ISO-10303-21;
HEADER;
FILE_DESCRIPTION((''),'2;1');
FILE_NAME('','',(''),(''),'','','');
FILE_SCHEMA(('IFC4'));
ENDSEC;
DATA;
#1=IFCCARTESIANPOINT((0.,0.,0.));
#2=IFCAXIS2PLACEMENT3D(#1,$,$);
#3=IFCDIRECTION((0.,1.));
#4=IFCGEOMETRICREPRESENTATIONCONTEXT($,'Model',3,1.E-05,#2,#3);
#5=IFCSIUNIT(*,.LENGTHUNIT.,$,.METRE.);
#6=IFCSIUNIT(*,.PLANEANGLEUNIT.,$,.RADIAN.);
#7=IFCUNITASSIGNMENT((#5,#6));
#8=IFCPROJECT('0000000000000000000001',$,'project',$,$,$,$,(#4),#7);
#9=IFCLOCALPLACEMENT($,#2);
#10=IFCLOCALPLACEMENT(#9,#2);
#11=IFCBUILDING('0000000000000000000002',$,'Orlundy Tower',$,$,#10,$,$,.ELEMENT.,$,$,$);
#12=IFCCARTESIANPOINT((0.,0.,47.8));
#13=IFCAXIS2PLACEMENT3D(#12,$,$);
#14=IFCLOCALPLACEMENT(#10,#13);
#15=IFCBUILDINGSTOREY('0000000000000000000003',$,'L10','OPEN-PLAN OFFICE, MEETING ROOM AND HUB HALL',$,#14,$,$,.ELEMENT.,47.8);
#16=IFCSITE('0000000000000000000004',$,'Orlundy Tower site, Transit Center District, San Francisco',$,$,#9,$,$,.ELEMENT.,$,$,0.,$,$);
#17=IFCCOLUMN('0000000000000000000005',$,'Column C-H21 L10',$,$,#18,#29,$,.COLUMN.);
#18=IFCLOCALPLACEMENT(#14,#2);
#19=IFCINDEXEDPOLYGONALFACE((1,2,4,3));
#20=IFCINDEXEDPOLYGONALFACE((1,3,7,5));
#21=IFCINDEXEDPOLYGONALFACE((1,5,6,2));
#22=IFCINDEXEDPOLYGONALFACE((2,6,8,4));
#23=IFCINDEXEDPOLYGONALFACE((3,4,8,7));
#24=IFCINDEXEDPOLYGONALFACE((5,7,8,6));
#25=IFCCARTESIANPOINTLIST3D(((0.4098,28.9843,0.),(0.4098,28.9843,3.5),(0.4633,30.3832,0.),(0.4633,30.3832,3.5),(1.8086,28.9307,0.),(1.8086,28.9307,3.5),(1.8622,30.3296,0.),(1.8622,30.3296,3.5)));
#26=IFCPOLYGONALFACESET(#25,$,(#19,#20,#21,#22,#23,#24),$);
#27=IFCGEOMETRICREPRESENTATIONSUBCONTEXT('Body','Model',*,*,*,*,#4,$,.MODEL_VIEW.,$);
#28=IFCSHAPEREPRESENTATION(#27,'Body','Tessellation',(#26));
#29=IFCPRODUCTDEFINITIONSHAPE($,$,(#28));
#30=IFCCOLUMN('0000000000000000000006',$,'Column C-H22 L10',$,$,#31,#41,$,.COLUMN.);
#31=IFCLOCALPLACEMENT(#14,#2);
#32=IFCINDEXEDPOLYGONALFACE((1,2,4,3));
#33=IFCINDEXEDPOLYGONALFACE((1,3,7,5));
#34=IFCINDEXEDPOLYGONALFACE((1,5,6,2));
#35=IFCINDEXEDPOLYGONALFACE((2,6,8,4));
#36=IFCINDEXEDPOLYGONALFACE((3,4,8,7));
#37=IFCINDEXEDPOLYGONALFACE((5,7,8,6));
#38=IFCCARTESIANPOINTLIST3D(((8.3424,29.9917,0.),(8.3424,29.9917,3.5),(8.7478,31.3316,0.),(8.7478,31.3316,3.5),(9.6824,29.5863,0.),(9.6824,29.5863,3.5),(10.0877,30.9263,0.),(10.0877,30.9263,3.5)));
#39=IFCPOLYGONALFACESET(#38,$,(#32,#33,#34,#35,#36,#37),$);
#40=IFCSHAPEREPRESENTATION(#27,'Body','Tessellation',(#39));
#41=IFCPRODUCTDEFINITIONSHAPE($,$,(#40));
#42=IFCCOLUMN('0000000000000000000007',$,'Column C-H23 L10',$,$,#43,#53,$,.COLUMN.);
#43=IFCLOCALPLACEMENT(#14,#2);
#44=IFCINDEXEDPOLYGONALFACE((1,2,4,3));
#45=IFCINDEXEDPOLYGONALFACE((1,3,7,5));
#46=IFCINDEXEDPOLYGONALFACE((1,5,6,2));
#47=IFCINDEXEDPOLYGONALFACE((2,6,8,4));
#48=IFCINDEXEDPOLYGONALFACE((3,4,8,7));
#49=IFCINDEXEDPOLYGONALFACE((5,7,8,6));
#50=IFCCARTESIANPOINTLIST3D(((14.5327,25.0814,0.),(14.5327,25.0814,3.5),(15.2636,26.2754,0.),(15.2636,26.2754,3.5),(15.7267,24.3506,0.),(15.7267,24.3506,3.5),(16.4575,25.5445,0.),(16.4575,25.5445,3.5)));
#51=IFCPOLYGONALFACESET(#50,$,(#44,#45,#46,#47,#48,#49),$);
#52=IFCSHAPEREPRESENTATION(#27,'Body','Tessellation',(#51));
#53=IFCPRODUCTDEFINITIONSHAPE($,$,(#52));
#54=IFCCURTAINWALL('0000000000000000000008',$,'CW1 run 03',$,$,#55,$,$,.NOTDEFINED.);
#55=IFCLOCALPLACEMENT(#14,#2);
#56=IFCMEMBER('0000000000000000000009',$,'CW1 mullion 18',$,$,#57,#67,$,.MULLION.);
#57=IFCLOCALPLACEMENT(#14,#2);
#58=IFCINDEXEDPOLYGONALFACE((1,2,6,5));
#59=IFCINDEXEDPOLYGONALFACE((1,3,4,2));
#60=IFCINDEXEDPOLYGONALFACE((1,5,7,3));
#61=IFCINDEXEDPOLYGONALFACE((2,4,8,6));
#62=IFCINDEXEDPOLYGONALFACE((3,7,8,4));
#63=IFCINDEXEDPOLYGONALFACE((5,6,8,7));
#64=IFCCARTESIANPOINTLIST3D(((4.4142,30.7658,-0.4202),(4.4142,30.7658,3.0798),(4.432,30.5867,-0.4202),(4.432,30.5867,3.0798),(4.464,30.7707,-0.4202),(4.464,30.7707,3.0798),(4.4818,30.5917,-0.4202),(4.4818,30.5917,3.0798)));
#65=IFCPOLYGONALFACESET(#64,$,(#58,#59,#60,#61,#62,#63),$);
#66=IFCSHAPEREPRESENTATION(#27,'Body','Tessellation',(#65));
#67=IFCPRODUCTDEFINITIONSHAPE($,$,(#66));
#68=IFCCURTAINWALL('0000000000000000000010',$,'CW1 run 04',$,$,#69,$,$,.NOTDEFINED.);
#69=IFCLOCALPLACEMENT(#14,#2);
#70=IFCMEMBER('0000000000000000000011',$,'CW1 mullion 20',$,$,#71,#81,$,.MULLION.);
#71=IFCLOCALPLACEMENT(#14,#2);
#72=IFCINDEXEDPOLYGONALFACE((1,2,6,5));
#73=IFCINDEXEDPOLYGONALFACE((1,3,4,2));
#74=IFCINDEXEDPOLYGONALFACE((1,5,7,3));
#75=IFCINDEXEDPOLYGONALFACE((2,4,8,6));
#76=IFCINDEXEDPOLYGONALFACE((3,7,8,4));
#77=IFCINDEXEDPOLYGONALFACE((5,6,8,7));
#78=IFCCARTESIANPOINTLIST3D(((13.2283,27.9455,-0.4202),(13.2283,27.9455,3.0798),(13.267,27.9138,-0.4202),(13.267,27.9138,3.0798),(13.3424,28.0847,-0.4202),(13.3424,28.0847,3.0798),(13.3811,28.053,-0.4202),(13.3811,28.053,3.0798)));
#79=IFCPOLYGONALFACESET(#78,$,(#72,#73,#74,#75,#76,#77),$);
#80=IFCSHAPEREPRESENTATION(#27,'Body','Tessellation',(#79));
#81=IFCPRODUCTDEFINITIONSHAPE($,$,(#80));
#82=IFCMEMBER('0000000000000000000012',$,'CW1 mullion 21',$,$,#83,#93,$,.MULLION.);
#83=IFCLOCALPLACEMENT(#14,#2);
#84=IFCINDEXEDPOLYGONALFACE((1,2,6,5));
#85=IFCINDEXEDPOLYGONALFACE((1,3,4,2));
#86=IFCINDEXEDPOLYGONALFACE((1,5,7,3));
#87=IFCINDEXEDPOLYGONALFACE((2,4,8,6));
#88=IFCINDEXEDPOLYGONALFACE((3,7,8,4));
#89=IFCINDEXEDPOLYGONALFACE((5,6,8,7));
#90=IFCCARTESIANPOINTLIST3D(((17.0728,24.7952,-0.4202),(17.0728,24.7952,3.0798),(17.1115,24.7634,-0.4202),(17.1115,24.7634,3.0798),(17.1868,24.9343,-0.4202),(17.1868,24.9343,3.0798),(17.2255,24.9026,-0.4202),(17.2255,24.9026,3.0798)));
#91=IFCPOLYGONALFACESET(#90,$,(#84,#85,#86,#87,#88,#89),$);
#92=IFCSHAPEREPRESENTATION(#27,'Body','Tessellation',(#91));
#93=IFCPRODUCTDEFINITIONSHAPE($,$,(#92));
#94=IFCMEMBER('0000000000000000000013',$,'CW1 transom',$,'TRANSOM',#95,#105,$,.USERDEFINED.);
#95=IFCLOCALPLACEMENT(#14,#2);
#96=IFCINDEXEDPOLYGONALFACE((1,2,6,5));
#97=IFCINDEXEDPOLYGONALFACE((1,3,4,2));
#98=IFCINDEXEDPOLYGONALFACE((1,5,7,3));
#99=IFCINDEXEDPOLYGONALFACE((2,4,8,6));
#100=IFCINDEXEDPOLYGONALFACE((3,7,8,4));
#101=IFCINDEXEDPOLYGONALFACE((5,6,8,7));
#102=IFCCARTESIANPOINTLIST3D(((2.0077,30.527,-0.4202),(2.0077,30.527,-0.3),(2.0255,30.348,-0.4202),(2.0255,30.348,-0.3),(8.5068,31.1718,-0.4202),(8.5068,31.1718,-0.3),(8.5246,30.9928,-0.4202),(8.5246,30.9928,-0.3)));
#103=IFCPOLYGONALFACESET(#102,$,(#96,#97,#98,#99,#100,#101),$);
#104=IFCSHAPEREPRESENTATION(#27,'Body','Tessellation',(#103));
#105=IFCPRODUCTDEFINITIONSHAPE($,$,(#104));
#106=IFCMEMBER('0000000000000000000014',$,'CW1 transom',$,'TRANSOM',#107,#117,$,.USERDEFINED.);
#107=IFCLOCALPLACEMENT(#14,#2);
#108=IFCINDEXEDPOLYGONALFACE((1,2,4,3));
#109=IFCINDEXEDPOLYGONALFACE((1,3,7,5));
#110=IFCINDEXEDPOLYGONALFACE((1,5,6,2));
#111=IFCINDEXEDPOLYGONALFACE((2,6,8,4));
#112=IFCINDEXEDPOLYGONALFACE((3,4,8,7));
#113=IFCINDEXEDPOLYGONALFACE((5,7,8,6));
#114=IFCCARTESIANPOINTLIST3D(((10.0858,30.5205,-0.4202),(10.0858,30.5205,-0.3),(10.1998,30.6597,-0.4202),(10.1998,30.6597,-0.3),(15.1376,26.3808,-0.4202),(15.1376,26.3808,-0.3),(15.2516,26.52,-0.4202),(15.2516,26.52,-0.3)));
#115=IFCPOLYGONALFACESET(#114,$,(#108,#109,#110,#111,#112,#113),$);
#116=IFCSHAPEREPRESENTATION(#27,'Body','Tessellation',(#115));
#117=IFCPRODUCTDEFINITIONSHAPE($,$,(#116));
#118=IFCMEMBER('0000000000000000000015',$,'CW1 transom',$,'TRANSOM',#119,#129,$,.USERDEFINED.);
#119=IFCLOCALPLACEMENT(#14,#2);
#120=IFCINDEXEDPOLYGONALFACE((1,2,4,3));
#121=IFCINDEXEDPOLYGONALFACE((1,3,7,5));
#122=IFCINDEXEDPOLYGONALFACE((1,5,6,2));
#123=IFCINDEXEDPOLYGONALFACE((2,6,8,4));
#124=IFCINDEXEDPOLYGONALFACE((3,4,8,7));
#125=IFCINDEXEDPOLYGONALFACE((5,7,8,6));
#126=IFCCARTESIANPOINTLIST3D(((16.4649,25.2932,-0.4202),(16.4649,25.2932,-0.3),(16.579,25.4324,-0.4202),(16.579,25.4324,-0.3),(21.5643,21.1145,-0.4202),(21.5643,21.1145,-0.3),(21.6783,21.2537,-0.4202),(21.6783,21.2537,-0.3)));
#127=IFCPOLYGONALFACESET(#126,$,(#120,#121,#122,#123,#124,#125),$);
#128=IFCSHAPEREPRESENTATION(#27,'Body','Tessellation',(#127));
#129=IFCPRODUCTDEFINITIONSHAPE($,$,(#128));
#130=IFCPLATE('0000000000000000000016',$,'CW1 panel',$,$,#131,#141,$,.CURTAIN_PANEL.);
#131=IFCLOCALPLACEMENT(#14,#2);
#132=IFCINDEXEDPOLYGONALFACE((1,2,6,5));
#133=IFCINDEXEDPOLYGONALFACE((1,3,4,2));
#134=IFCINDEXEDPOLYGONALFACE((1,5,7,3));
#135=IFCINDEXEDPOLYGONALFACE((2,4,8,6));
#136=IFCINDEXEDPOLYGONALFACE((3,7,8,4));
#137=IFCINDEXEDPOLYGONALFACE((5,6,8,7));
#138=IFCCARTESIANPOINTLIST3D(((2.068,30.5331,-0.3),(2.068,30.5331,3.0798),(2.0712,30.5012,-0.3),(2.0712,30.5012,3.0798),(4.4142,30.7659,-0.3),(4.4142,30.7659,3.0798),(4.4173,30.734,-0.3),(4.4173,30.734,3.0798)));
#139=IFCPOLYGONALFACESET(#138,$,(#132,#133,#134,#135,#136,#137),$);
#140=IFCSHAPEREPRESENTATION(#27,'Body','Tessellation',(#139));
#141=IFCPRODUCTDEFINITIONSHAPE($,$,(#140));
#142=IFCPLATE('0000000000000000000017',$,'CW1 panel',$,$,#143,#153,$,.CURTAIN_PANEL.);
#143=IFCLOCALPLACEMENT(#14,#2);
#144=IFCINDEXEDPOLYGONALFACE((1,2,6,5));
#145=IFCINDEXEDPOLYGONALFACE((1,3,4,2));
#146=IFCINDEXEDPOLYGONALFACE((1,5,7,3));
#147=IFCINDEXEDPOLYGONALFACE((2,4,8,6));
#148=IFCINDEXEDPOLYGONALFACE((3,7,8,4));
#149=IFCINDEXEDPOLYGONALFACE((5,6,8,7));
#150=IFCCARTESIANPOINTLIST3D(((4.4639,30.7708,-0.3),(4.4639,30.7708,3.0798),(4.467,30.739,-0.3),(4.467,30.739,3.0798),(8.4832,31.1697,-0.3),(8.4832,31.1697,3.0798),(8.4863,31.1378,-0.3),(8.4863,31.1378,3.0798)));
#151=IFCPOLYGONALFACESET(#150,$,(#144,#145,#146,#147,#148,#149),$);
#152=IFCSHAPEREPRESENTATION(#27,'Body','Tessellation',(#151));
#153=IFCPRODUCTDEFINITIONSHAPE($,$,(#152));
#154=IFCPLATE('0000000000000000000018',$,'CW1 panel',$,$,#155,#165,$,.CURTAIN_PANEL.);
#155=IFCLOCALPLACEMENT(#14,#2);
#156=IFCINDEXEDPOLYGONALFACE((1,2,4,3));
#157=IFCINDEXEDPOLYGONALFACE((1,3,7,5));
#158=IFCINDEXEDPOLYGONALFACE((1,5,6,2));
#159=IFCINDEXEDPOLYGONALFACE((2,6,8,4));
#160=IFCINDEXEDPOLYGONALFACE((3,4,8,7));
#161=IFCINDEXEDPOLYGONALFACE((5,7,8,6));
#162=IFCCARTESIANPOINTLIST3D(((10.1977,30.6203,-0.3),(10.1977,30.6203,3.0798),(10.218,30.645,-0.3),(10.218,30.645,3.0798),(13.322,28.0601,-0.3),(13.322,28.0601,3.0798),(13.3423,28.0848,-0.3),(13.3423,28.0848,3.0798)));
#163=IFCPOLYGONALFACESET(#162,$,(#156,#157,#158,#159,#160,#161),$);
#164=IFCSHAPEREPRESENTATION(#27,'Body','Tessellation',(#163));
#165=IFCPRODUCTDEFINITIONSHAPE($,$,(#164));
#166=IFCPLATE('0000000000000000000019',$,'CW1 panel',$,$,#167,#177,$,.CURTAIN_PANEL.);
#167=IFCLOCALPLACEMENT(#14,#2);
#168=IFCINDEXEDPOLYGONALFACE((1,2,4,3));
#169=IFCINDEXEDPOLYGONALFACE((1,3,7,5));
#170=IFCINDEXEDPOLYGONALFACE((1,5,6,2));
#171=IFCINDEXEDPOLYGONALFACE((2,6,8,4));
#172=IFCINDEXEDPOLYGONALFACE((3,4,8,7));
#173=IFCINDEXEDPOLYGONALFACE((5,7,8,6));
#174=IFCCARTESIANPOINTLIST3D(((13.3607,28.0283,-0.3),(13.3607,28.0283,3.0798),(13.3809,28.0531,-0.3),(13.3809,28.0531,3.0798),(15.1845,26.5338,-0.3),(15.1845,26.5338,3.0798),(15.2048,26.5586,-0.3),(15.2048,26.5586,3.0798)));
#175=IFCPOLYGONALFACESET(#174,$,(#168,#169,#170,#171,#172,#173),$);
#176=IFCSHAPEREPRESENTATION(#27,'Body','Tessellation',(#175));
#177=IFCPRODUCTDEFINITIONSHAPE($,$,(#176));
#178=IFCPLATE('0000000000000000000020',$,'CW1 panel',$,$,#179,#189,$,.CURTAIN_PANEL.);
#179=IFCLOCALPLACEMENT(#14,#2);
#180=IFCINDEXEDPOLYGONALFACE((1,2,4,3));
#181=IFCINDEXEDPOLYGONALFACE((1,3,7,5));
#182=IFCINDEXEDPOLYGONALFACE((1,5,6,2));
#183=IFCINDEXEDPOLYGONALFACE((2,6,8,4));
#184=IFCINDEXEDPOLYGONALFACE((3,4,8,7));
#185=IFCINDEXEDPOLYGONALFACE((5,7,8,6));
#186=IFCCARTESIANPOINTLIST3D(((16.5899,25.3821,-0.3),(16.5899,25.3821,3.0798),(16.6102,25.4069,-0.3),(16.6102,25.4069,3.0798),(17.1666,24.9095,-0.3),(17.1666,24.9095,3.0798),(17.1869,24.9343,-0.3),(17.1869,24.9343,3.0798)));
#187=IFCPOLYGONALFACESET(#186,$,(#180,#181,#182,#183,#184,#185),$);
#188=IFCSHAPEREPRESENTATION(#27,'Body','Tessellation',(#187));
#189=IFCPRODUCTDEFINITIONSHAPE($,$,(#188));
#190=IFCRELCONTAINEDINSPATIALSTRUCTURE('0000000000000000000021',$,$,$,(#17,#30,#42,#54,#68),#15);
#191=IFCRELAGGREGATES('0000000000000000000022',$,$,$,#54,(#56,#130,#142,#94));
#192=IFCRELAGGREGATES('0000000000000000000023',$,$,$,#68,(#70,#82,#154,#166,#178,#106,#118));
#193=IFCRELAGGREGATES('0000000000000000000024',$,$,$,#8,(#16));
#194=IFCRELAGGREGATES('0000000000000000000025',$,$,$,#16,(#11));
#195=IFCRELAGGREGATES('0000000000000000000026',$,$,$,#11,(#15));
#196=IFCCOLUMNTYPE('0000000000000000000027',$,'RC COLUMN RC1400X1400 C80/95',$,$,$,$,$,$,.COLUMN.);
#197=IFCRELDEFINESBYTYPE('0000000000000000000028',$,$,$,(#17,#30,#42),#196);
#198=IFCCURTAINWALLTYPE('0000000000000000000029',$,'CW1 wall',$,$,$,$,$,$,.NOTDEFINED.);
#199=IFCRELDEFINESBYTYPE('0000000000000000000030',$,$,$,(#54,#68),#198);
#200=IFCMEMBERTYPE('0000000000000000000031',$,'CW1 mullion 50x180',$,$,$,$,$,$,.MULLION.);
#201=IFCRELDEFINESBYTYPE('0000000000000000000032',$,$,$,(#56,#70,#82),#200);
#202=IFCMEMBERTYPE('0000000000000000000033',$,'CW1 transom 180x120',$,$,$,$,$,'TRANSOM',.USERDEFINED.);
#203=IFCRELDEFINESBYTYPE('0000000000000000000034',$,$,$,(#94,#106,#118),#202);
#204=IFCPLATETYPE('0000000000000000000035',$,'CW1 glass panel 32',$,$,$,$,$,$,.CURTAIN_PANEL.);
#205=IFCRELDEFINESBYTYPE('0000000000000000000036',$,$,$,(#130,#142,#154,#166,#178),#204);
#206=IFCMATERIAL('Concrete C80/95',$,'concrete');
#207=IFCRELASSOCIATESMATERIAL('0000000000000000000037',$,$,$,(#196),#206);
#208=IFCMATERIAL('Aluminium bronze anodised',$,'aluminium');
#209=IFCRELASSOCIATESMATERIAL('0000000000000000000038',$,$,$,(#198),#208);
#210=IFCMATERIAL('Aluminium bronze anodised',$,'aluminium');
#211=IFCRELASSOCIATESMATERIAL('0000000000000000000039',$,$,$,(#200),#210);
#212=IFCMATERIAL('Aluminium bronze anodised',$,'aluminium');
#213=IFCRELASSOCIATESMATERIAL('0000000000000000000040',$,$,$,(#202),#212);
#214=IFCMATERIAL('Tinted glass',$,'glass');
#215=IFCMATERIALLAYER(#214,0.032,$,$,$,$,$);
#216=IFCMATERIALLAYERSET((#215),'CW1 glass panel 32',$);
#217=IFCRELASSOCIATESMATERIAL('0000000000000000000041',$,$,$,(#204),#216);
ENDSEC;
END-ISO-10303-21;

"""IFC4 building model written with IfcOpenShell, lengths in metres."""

from ifc_helpers import new_model, si_unit, direction, frame, origin, origin_2d, place, context, subcontext, project, spatial, rectangle, extrude, material, layer, layer_set, material_profile, profile_set, type_object, element, aggregate, save


model = new_model("IFC4")

# Units and contexts
model_context = context("Model", 3, precision=1e-05, world=origin(), true_north=direction((0.0, 1.0)))
body_context = subcontext(model_context, "Body", "Model", "MODEL_VIEW")
ifc_project = project(units=[si_unit("LENGTHUNIT", "METRE"), si_unit("PLANEANGLEUNIT", "RADIAN")], contexts=[model_context])

# Site, building, storey
site_placement = place(None, origin())
site = spatial("IfcSite", under=ifc_project, at=site_placement, Name="Orlundy Tower site, Transit Center District, San Francisco", CompositionType="ELEMENT", RefElevation=0.0)
building_placement = place(site_placement, origin())
building = spatial("IfcBuilding", under=site, at=building_placement, Name="Orlundy Tower", CompositionType="ELEMENT")
storey_placement = place(building_placement, frame((0.0, 0.0, 47.8)))
storey = spatial("IfcBuildingStorey", under=building, at=storey_placement, Name="L10", Description="OPEN-PLAN OFFICE, MEETING ROOM AND HUB HALL", CompositionType="ELEMENT", Elevation=47.8)

# Columns
ifc_material_1 = material(Name="Concrete C80/95", Category="concrete")
ifc_material_profile_1 = material_profile(ifc_material_1, rectangle(XDim=1.3999, YDim=1.3999, at=origin_2d()), Name="RC1400X1400")
ifc_profile_set_1 = profile_set([ifc_material_profile_1], Name="Concrete C80/95")
column_type = type_object("IfcColumnType", Name="RC COLUMN RC1400X1400 C80/95", PredefinedType="COLUMN", material=ifc_profile_set_1)
for number, where, z_axis, x_axis, name in (
    (1, (1.136, 29.657, 0.0), (0.0, 0.0, 1.0), (0.038283, 0.999267, 0.0), "Column C-H21 L10"),
    (2, (9.2151, 30.459, 0.0), (0.0, 0.0, 1.0), (0.289583, 0.957153, 0.0), "Column C-H22 L10"),
    (3, (15.4951, 25.313, 0.0), (0.0, 0.0, 1.0), (0.522082, 0.852895, 0.0), "Column C-H23 L10"),
):
    element("IfcColumn", number, at=place(storey_placement, frame(where, z_axis=z_axis, x_axis=x_axis)), inside=storey, type_object=column_type, Name=name, PredefinedType="COLUMN", context=body_context, shape_type="SweptSolid", body=[
        extrude(rectangle(XDim=1.3999, YDim=1.3999, at=origin_2d()), origin(), (0.0, 0.0, 1.0), 3.5),
    ])

# Curtain wall, member
ifc_material_2 = material(Name="Aluminium bronze anodised", Category="aluminium")
curtain_wall_type = type_object("IfcCurtainWallType", Name="CW1 wall", PredefinedType="NOTDEFINED", material=ifc_material_2)
curtain_wall_1_placement = place(storey_placement, origin())
curtain_wall_1 = element("IfcCurtainWall", 4, at=curtain_wall_1_placement, inside=storey, type_object=curtain_wall_type, Name="CW1 run 03", PredefinedType="NOTDEFINED")
ifc_material_3 = material(Name="Aluminium bronze anodised", Category="aluminium")
ifc_material_profile_2 = material_profile(ifc_material_3, rectangle(XDim=0.1799, YDim=0.05, at=origin_2d()), Name="CW1 mullion 50x180")
ifc_profile_set_2 = profile_set([ifc_material_profile_2], Name="Aluminium bronze anodised")
member_type_1 = type_object("IfcMemberType", Name="CW1 mullion 50x180", PredefinedType="MULLION", material=ifc_profile_set_2)
member_1_placement = place(storey_placement, frame((4.448, 30.6787, -0.4202), z_axis=(0.0, 0.0, 1.0), x_axis=(-0.098743, 0.995113, 0.0)))
member_1 = element("IfcMember", 5, at=member_1_placement, type_object=member_type_1, Name="CW1 mullion 18", PredefinedType="MULLION", context=body_context, shape_type="SweptSolid", body=[
    extrude(rectangle(XDim=0.1799, YDim=0.05, at=origin_2d()), origin(), (0.0, 0.0, 1.0), 3.5),
])

# Curtain wall, members
curtain_wall_2_placement = place(storey_placement, origin())
curtain_wall_2 = element("IfcCurtainWall", 6, at=curtain_wall_2_placement, inside=storey, type_object=curtain_wall_type, Name="CW1 run 04", PredefinedType="NOTDEFINED")
member_2_placement = place(storey_placement, frame((13.3047, 27.9993, -0.4202), z_axis=(0.0, 0.0, 1.0), x_axis=(0.633818, 0.773482, 0.0)))
member_2 = element("IfcMember", 7, at=member_2_placement, type_object=member_type_1, Name="CW1 mullion 20", PredefinedType="MULLION", context=body_context, shape_type="SweptSolid", body=[
    extrude(rectangle(XDim=0.1799, YDim=0.05, at=origin_2d()), origin(), (0.0, 0.0, 1.0), 3.5),
])
member_3_placement = place(storey_placement, frame((17.1492, 24.8489, -0.4202), z_axis=(0.0, 0.0, 1.0), x_axis=(0.633818, 0.773482, 0.0)))
member_3 = element("IfcMember", 8, at=member_3_placement, type_object=member_type_1, Name="CW1 mullion 21", PredefinedType="MULLION", context=body_context, shape_type="SweptSolid", body=[
    extrude(rectangle(XDim=0.1799, YDim=0.05, at=origin_2d()), origin(), (0.0, 0.0, 1.0), 3.5),
])

# Members
ifc_material_4 = material(Name="Aluminium bronze anodised", Category="aluminium")
ifc_material_profile_3 = material_profile(ifc_material_4, rectangle(XDim=0.1799, YDim=0.1201, at=origin_2d()), Name="CW1 transom 180x120")
ifc_profile_set_3 = profile_set([ifc_material_profile_3], Name="Aluminium bronze anodised")
member_type_2 = type_object("IfcMemberType", Name="CW1 transom 180x120", ElementType="TRANSOM", PredefinedType="USERDEFINED", material=ifc_profile_set_3)
member_4_placement = place(storey_placement, frame((2.0166, 30.4375, -0.3601), z_axis=(0.995115, 0.098726, 0.0), x_axis=(-0.098726, 0.995115, 0.0)))
member_4 = element("IfcMember", 9, at=member_4_placement, type_object=member_type_2, Name="CW1 transom", ObjectType="TRANSOM", PredefinedType="USERDEFINED", context=body_context, shape_type="SweptSolid", body=[
    extrude(rectangle(XDim=0.1799, YDim=0.1201, at=origin_2d()), origin(), (0.0, 0.0, 1.0), 6.531),
])
member_5_placement = place(storey_placement, frame((10.1428, 30.5901, -0.3601), z_axis=(0.773477, -0.633824, 0.0), x_axis=(0.633824, 0.773477, 0.0)))
member_5 = element("IfcMember", 10, at=member_5_placement, type_object=member_type_2, Name="CW1 transom", ObjectType="TRANSOM", PredefinedType="USERDEFINED", context=body_context, shape_type="SweptSolid", body=[
    extrude(rectangle(XDim=0.1799, YDim=0.1201, at=origin_2d()), origin(), (0.0, 0.0, 1.0), 6.5312),
])
member_6_placement = place(storey_placement, frame((16.522, 25.3628, -0.3601), z_axis=(0.773474, -0.633828, 0.0), x_axis=(0.633828, 0.773474, 0.0)))
member_6 = element("IfcMember", 11, at=member_6_placement, type_object=member_type_2, Name="CW1 transom", ObjectType="TRANSOM", PredefinedType="USERDEFINED", context=body_context, shape_type="SweptSolid", body=[
    extrude(rectangle(XDim=0.1799, YDim=0.1201, at=origin_2d()), origin(), (0.0, 0.0, 1.0), 6.5928),
])

# Plates
ifc_material_5 = material(Name="Tinted glass", Category="glass")
ifc_layer = layer(ifc_material_5, 0.032)
ifc_layer_set = layer_set([ifc_layer], Name="CW1 glass panel 32")
plate_type = type_object("IfcPlateType", Name="CW1 glass panel 32", PredefinedType="CURTAIN_PANEL", material=ifc_layer_set)
plate_1_placement = place(storey_placement, frame((3.2427, 30.6335, -0.3), z_axis=(0.0, 0.0, 1.0), x_axis=(0.995113, 0.098743, 0.0)))
plate_1 = element("IfcPlate", 12, at=plate_1_placement, type_object=plate_type, Name="CW1 panel", PredefinedType="CURTAIN_PANEL", context=body_context, shape_type="SweptSolid", body=[
    extrude(rectangle(XDim=2.3577, YDim=0.032, at=origin_2d()), origin(), (0.0, 0.0, 1.0), 3.3799),
])
plate_2_placement = place(storey_placement, frame((6.4751, 30.9543, -0.3), z_axis=(0.0, 0.0, 1.0), x_axis=(0.995113, 0.098743, 0.0)))
plate_2 = element("IfcPlate", 13, at=plate_2_placement, type_object=plate_type, Name="CW1 panel", PredefinedType="CURTAIN_PANEL", context=body_context, shape_type="SweptSolid", body=[
    extrude(rectangle(XDim=4.0391, YDim=0.032, at=origin_2d()), origin(), (0.0, 0.0, 1.0), 3.3799),
])
aggregate(curtain_wall_1, [member_1, plate_1, plate_2, member_4])
plate_3_placement = place(storey_placement, frame((11.77, 29.3525, -0.3), z_axis=(0.0, 0.0, 1.0), x_axis=(0.773482, -0.633818, 0.0)))
plate_3 = element("IfcPlate", 14, at=plate_3_placement, type_object=plate_type, Name="CW1 panel", PredefinedType="CURTAIN_PANEL", context=body_context, shape_type="SweptSolid", body=[
    extrude(rectangle(XDim=4.0393, YDim=0.032, at=origin_2d()), origin(), (0.0, 0.0, 1.0), 3.3799),
])
plate_4_placement = place(storey_placement, frame((14.2827, 27.2935, -0.3), z_axis=(0.0, 0.0, 1.0), x_axis=(0.773482, -0.633818, 0.0)))
plate_4 = element("IfcPlate", 15, at=plate_4_placement, type_object=plate_type, Name="CW1 panel", PredefinedType="CURTAIN_PANEL", context=body_context, shape_type="SweptSolid", body=[
    extrude(rectangle(XDim=2.3579, YDim=0.032, at=origin_2d()), origin(), (0.0, 0.0, 1.0), 3.3799),
])
plate_5_placement = place(storey_placement, frame((16.8884, 25.1582, -0.3), z_axis=(0.0, 0.0, 1.0), x_axis=(0.773482, -0.633818, 0.0)))
plate_5 = element("IfcPlate", 16, at=plate_5_placement, type_object=plate_type, Name="CW1 panel", PredefinedType="CURTAIN_PANEL", context=body_context, shape_type="SweptSolid", body=[
    extrude(rectangle(XDim=0.7456, YDim=0.032, at=origin_2d()), origin(), (0.0, 0.0, 1.0), 3.3799),
])
aggregate(curtain_wall_2, [member_2, member_3, plate_3, plate_4, plate_5, member_5, member_6])

save(model, "model.ifc")
